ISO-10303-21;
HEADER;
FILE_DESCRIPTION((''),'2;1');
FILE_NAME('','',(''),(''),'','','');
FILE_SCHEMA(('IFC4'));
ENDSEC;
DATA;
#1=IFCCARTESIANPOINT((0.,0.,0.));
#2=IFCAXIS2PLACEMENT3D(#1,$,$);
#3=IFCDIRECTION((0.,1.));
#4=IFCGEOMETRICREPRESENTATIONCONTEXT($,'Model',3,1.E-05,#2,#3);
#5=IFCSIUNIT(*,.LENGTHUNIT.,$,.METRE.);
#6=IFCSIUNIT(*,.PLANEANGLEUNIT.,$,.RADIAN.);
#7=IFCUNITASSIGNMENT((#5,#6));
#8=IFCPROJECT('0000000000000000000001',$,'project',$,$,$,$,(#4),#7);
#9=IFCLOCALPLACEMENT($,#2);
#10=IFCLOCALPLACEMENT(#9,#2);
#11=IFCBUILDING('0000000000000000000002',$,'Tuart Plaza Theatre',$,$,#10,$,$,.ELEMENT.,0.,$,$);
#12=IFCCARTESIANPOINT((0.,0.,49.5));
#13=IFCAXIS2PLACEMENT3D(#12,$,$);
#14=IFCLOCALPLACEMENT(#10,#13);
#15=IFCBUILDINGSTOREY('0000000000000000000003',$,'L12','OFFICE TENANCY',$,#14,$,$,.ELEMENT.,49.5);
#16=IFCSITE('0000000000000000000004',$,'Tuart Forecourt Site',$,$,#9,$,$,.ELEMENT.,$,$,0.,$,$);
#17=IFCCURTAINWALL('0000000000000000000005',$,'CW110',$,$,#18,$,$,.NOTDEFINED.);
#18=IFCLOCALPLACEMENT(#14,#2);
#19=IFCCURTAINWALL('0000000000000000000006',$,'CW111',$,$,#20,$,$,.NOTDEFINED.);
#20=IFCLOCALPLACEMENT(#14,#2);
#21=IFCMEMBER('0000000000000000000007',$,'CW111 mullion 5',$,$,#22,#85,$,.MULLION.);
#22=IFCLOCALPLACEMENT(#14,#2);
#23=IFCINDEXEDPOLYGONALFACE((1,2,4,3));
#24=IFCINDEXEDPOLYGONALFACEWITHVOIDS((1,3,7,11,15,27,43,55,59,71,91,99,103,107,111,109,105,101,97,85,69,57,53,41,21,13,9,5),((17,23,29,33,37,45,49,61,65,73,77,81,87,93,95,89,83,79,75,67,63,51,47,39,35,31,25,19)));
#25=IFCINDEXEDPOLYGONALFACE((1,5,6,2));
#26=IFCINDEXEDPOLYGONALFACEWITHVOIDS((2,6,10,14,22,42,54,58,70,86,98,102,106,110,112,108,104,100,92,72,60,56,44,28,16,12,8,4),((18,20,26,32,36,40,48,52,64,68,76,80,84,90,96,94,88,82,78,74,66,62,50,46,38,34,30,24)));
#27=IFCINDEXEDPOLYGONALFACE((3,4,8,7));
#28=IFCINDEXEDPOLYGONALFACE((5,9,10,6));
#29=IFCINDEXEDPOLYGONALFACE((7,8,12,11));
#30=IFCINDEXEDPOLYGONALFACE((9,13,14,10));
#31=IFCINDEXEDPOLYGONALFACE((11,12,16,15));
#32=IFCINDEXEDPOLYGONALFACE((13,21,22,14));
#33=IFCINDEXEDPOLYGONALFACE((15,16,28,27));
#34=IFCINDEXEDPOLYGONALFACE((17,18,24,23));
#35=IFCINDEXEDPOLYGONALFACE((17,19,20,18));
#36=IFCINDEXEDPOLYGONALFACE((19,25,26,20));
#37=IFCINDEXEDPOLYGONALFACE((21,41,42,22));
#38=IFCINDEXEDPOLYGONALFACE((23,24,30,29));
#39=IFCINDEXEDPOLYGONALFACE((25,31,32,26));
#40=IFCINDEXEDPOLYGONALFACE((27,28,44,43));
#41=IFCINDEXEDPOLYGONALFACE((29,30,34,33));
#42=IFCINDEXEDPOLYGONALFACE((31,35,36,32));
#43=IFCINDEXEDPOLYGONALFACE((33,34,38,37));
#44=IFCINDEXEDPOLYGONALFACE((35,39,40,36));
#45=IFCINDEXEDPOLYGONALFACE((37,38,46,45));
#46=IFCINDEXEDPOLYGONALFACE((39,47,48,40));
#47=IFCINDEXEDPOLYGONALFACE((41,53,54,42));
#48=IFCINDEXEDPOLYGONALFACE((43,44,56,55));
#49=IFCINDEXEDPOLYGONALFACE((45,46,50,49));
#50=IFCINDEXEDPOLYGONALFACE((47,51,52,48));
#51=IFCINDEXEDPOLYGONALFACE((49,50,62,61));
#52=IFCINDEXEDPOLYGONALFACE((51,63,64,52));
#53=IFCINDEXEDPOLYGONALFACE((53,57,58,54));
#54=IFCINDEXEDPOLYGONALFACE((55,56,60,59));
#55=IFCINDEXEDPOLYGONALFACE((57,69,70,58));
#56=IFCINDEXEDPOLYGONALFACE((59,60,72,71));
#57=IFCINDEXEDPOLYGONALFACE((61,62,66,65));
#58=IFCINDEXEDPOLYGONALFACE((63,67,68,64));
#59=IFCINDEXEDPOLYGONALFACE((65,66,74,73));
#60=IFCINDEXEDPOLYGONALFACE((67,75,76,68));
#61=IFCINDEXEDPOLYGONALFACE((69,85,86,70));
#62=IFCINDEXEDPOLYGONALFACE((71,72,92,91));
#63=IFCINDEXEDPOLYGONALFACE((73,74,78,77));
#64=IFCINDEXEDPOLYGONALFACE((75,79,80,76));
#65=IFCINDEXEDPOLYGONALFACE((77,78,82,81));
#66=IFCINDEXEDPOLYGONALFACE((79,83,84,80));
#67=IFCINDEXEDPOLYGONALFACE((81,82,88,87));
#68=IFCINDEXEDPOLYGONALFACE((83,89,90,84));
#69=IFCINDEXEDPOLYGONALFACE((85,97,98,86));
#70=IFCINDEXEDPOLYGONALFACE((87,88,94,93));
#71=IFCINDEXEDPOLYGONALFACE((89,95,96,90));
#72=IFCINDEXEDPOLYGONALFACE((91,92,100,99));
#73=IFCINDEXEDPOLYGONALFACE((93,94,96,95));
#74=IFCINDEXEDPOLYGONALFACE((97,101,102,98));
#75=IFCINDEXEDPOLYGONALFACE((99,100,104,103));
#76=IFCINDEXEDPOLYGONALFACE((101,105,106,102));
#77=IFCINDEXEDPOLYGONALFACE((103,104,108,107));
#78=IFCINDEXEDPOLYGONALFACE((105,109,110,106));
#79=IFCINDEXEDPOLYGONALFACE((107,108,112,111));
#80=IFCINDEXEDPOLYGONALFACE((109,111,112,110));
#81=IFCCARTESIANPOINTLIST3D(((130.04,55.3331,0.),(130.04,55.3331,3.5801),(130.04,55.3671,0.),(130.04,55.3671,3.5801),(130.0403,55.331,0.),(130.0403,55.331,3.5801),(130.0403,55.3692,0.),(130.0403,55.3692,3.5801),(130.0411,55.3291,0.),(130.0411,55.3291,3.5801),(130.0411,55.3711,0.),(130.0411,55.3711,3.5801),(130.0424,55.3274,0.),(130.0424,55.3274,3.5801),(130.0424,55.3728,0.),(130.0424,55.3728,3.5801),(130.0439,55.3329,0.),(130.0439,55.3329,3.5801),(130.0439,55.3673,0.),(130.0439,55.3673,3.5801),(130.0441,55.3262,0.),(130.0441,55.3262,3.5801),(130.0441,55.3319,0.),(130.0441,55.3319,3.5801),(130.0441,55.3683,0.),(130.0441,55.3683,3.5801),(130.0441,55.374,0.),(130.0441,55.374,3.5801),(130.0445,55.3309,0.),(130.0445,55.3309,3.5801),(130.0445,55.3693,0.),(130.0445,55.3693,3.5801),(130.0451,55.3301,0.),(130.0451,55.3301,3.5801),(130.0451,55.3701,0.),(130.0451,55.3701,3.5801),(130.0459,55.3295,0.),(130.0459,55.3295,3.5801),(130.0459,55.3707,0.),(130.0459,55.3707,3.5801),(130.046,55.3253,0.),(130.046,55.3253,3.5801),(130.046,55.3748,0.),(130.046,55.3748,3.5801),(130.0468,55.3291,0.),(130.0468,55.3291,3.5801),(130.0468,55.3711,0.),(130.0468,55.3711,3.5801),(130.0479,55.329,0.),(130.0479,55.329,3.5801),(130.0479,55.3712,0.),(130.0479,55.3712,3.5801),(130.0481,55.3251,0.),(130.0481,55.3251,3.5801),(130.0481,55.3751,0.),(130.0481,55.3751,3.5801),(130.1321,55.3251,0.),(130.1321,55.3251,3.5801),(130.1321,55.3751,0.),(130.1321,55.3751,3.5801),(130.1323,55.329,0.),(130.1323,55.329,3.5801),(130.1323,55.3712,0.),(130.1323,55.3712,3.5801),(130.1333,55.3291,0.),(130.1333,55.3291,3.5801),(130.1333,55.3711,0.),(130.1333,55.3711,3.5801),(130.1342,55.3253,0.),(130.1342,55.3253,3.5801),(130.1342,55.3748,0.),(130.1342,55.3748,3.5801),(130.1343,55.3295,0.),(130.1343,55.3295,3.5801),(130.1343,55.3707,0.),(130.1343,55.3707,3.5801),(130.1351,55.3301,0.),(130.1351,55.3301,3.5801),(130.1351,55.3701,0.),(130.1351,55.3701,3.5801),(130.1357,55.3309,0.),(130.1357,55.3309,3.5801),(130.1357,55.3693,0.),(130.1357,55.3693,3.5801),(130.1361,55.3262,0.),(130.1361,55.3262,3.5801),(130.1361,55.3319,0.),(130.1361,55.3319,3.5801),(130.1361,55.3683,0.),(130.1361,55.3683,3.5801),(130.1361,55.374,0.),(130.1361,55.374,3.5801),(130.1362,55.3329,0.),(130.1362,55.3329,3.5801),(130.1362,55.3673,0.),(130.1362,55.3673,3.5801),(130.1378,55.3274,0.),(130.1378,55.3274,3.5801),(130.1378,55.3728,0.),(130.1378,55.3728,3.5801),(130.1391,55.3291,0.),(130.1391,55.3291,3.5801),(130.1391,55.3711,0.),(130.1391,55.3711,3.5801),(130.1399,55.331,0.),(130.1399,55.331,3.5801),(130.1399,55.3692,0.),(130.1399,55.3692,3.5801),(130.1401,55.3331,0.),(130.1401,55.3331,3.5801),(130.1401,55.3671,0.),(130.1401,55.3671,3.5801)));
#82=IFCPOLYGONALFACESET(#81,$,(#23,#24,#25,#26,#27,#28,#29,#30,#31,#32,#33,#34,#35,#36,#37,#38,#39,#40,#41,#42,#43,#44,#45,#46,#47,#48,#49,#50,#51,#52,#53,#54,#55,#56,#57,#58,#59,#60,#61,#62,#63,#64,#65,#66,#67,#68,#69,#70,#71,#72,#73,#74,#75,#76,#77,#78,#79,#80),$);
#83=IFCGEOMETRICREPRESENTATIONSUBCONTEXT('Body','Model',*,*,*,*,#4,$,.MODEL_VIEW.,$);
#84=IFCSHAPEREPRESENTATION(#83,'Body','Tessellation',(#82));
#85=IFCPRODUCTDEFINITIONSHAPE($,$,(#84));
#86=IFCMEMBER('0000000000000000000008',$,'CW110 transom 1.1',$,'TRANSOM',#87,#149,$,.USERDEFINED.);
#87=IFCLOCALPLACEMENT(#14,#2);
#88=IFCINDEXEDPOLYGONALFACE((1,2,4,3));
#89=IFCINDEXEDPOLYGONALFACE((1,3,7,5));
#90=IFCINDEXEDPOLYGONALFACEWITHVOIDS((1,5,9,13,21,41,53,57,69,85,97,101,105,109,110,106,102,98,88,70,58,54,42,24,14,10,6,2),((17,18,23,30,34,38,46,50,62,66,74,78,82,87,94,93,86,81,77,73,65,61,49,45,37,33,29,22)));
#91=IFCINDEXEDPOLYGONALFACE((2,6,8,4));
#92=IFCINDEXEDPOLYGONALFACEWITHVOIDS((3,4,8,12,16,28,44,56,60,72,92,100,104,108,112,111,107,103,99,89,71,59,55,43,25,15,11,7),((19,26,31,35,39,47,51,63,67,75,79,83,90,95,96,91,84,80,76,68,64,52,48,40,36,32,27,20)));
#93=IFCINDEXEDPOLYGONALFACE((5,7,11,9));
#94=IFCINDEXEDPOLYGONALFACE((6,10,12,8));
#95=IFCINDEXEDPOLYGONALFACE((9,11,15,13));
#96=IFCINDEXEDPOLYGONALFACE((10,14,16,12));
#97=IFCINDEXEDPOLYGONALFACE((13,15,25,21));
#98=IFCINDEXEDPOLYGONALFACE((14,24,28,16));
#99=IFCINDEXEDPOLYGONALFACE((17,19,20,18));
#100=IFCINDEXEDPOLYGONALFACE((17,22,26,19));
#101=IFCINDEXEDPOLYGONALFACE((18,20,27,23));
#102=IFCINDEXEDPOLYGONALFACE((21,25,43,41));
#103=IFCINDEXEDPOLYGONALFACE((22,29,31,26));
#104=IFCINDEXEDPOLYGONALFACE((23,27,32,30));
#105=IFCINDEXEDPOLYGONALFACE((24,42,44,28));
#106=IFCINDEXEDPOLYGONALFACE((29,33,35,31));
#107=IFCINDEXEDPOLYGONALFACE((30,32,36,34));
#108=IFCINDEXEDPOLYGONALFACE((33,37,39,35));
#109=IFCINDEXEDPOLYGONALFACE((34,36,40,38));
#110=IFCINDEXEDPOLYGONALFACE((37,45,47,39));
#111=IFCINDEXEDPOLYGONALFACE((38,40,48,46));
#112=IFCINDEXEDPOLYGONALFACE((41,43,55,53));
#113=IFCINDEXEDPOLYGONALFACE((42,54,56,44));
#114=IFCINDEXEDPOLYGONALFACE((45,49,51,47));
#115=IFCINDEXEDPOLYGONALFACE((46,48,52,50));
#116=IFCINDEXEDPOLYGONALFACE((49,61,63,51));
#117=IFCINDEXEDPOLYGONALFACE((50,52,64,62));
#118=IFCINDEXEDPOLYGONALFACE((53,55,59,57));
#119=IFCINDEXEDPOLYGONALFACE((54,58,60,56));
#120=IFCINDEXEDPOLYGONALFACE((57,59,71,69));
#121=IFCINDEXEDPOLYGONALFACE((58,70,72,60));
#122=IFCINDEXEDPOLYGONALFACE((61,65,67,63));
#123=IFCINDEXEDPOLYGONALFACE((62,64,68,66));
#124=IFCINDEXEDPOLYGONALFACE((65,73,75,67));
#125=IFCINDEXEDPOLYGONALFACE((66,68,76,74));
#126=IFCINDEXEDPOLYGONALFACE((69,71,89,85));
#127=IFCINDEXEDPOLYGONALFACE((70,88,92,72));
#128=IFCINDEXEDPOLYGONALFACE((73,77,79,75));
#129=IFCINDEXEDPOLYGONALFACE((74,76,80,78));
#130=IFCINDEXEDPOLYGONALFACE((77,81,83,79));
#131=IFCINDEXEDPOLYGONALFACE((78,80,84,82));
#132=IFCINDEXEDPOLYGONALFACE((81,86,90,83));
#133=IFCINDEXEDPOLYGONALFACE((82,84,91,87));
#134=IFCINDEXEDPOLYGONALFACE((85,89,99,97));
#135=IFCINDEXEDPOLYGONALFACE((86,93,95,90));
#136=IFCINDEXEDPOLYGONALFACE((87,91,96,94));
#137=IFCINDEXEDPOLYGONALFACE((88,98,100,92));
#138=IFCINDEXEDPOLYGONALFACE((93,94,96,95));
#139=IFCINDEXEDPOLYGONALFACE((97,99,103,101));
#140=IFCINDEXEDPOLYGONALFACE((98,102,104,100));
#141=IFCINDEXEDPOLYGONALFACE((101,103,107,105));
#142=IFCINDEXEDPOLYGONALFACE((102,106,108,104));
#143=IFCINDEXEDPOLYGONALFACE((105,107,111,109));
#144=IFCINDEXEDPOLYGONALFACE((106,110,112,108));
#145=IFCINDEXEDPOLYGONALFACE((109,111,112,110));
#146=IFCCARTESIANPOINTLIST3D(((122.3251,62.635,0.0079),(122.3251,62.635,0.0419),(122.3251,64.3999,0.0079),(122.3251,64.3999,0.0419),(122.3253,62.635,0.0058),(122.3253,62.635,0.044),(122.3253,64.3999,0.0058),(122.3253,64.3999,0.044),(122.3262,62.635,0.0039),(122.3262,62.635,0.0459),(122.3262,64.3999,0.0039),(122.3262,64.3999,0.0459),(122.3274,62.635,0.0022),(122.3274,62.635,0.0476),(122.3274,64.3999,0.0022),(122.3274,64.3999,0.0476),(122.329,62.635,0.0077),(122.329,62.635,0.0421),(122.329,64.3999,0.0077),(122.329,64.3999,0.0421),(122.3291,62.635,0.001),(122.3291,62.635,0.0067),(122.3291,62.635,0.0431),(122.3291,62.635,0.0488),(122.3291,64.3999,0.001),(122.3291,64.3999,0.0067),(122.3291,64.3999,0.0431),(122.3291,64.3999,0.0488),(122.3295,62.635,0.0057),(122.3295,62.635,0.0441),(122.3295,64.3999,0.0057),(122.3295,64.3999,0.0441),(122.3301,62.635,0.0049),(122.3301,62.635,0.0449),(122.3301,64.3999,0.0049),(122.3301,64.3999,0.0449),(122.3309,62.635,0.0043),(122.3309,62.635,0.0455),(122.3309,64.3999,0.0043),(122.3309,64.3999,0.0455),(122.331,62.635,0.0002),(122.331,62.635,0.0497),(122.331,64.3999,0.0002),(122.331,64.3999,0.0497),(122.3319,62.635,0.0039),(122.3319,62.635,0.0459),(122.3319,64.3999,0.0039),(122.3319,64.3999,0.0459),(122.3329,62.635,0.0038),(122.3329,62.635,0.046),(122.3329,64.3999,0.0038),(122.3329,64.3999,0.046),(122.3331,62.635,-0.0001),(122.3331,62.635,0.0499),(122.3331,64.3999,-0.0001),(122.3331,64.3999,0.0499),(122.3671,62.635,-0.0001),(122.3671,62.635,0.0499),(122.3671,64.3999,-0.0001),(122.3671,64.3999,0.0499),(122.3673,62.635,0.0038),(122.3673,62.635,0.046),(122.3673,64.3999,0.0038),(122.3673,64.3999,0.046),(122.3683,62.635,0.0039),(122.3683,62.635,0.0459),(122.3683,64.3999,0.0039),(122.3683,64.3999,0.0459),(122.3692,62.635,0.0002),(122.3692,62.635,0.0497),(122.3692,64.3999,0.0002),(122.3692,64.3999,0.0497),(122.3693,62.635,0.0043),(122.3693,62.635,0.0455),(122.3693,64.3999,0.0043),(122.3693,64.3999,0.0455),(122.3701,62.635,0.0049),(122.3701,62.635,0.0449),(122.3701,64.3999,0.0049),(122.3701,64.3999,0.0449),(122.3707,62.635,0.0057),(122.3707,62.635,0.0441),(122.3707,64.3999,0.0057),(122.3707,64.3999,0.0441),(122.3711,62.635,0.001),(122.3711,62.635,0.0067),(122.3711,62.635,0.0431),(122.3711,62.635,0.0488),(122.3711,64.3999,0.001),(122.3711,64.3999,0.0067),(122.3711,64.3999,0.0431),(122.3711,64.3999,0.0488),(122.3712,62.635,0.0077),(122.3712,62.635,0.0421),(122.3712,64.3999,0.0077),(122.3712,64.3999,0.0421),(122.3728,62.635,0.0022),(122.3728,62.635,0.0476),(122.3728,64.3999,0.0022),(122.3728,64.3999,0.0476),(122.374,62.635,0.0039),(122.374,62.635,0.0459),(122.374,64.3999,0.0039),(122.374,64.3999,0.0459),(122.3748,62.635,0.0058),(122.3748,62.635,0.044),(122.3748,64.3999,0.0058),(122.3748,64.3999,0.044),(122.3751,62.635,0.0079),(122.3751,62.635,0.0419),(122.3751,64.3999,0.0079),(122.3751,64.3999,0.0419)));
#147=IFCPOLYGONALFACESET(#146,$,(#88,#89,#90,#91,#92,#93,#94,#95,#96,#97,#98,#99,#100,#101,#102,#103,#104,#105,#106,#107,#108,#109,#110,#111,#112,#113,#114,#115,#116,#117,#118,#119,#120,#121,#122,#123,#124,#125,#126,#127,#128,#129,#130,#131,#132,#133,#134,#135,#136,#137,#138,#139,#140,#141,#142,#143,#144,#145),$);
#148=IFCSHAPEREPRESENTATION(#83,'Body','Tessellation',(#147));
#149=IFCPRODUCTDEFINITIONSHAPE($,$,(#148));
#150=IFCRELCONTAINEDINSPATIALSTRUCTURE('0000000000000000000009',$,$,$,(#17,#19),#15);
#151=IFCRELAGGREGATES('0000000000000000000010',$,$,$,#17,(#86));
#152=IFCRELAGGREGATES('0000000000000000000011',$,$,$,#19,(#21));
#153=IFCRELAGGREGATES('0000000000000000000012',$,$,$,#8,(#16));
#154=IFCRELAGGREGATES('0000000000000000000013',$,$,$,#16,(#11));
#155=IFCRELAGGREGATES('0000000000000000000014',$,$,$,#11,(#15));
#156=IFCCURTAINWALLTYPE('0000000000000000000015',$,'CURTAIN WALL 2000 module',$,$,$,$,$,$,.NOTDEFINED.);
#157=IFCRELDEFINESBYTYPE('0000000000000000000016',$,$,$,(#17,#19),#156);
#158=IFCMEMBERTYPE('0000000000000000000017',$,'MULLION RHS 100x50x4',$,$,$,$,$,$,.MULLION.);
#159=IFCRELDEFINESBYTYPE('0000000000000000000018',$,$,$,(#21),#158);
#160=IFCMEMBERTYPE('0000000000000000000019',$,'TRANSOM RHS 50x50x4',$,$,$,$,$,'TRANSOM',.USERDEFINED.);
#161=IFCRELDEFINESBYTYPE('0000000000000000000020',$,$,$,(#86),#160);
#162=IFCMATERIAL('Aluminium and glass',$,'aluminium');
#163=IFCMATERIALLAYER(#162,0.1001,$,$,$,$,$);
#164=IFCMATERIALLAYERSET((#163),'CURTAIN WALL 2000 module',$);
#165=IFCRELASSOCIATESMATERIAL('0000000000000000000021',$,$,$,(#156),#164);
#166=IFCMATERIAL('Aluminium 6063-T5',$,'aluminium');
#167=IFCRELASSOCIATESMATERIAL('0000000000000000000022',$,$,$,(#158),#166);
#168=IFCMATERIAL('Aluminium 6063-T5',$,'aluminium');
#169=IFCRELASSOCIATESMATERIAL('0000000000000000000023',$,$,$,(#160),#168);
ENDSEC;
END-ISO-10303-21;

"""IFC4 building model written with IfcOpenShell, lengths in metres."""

from ifc_helpers import new_model, si_unit, direction, frame, origin, origin_2d, place, context, subcontext, project, spatial, hollow_rectangle, extrude, material, layer, layer_set, material_profile, profile_set, type_object, element, aggregate, save


model = new_model("IFC4")

# Units and contexts
model_context = context("Model", 3, precision=1e-05, world=origin(), true_north=direction((0.0, 1.0)))
body_context = subcontext(model_context, "Body", "Model", "MODEL_VIEW")
ifc_project = project(units=[si_unit("LENGTHUNIT", "METRE"), si_unit("PLANEANGLEUNIT", "RADIAN")], contexts=[model_context])

# Site, building, storey
site_placement = place(None, origin())
site = spatial("IfcSite", under=ifc_project, at=site_placement, Name="Tuart Forecourt Site", CompositionType="ELEMENT", RefElevation=0.0)
building_placement = place(site_placement, origin())
building = spatial("IfcBuilding", under=site, at=building_placement, Name="Tuart Plaza Theatre", CompositionType="ELEMENT", ElevationOfRefHeight=0.0)
storey_placement = place(building_placement, frame((0.0, 0.0, 49.5)))
storey = spatial("IfcBuildingStorey", under=building, at=storey_placement, Name="L12", Description="OFFICE TENANCY", CompositionType="ELEMENT", Elevation=49.5)

# Curtain wall
ifc_material_1 = material(Name="Aluminium and glass", Category="aluminium")
ifc_layer_1 = layer(ifc_material_1, 0.1001)
ifc_layer_set_1 = layer_set([ifc_layer_1], Name="CURTAIN WALL 2000 module")
curtain_wall_type = type_object("IfcCurtainWallType", Name="CURTAIN WALL 2000 module", PredefinedType="NOTDEFINED", material=ifc_layer_set_1)
curtain_wall_1_placement = place(storey_placement, origin())
curtain_wall_1 = element("IfcCurtainWall", 1, at=curtain_wall_1_placement, inside=storey, type_object=curtain_wall_type, Name="CW110", PredefinedType="NOTDEFINED")
ifc_material_2 = material(Name="Aluminium 6063-T5", Category="aluminium")
ifc_material_profile_1 = material_profile(ifc_material_2, hollow_rectangle(XDim=0.05, YDim=0.1001, WallThickness=0.0039, InnerFilletRadius=0.0039, OuterFilletRadius=0.0081, at=origin_2d()), Name="RHS 100x50x4")
ifc_profile_set_1 = profile_set([ifc_material_profile_1], Name="Aluminium 6063-T5")
member_type_1 = type_object("IfcMemberType", Name="MULLION RHS 100x50x4", PredefinedType="MULLION", material=ifc_profile_set_1)

# Curtain wall, member
curtain_wall_2_placement = place(storey_placement, origin())
curtain_wall_2 = element("IfcCurtainWall", 2, at=curtain_wall_2_placement, inside=storey, type_object=curtain_wall_type, Name="CW111", PredefinedType="NOTDEFINED")
member_1_placement = place(storey_placement, frame((130.0901, 55.3501, 0.0), z_axis=(0.0, 0.0, 1.0), x_axis=(0.0, 1.0, 0.0)))
member_1 = element("IfcMember", 3, at=member_1_placement, type_object=member_type_1, Name="CW111 mullion 5", PredefinedType="MULLION", context=body_context, shape_type="SweptSolid", body=[
    extrude(hollow_rectangle(XDim=0.05, YDim=0.1001, WallThickness=0.0039, InnerFilletRadius=0.0039, OuterFilletRadius=0.0081, at=origin_2d()), origin(), (0.0, 0.0, 1.0), 3.5801),
])

# Member
ifc_material_3 = material(Name="Aluminium 6063-T5", Category="aluminium")
ifc_material_profile_2 = material_profile(ifc_material_3, hollow_rectangle(XDim=0.05, YDim=0.05, WallThickness=0.0039, InnerFilletRadius=0.0039, OuterFilletRadius=0.0081, at=origin_2d()), Name="RHS 50x50x4")
ifc_profile_set_2 = profile_set([ifc_material_profile_2], Name="Aluminium 6063-T5")
member_type_2 = type_object("IfcMemberType", Name="TRANSOM RHS 50x50x4", ElementType="TRANSOM", PredefinedType="USERDEFINED", material=ifc_profile_set_2)
member_2_placement = place(storey_placement, frame((122.3501, 64.3999, 0.0249), z_axis=(0.0, -1.0, 0.0), x_axis=(1.0, 0.0, 0.0)))
member_2 = element("IfcMember", 4, at=member_2_placement, type_object=member_type_2, Name="CW110 transom 1.1", ObjectType="TRANSOM", PredefinedType="USERDEFINED", context=body_context, shape_type="SweptSolid", body=[
    extrude(hollow_rectangle(XDim=0.05, YDim=0.05, WallThickness=0.0039, InnerFilletRadius=0.0039, OuterFilletRadius=0.0081, at=origin_2d()), origin(), (0.0, 0.0, 1.0), 1.7649),
])

aggregate(curtain_wall_1, [member_2])
aggregate(curtain_wall_2, [member_1])

save(model, "model.ifc")
